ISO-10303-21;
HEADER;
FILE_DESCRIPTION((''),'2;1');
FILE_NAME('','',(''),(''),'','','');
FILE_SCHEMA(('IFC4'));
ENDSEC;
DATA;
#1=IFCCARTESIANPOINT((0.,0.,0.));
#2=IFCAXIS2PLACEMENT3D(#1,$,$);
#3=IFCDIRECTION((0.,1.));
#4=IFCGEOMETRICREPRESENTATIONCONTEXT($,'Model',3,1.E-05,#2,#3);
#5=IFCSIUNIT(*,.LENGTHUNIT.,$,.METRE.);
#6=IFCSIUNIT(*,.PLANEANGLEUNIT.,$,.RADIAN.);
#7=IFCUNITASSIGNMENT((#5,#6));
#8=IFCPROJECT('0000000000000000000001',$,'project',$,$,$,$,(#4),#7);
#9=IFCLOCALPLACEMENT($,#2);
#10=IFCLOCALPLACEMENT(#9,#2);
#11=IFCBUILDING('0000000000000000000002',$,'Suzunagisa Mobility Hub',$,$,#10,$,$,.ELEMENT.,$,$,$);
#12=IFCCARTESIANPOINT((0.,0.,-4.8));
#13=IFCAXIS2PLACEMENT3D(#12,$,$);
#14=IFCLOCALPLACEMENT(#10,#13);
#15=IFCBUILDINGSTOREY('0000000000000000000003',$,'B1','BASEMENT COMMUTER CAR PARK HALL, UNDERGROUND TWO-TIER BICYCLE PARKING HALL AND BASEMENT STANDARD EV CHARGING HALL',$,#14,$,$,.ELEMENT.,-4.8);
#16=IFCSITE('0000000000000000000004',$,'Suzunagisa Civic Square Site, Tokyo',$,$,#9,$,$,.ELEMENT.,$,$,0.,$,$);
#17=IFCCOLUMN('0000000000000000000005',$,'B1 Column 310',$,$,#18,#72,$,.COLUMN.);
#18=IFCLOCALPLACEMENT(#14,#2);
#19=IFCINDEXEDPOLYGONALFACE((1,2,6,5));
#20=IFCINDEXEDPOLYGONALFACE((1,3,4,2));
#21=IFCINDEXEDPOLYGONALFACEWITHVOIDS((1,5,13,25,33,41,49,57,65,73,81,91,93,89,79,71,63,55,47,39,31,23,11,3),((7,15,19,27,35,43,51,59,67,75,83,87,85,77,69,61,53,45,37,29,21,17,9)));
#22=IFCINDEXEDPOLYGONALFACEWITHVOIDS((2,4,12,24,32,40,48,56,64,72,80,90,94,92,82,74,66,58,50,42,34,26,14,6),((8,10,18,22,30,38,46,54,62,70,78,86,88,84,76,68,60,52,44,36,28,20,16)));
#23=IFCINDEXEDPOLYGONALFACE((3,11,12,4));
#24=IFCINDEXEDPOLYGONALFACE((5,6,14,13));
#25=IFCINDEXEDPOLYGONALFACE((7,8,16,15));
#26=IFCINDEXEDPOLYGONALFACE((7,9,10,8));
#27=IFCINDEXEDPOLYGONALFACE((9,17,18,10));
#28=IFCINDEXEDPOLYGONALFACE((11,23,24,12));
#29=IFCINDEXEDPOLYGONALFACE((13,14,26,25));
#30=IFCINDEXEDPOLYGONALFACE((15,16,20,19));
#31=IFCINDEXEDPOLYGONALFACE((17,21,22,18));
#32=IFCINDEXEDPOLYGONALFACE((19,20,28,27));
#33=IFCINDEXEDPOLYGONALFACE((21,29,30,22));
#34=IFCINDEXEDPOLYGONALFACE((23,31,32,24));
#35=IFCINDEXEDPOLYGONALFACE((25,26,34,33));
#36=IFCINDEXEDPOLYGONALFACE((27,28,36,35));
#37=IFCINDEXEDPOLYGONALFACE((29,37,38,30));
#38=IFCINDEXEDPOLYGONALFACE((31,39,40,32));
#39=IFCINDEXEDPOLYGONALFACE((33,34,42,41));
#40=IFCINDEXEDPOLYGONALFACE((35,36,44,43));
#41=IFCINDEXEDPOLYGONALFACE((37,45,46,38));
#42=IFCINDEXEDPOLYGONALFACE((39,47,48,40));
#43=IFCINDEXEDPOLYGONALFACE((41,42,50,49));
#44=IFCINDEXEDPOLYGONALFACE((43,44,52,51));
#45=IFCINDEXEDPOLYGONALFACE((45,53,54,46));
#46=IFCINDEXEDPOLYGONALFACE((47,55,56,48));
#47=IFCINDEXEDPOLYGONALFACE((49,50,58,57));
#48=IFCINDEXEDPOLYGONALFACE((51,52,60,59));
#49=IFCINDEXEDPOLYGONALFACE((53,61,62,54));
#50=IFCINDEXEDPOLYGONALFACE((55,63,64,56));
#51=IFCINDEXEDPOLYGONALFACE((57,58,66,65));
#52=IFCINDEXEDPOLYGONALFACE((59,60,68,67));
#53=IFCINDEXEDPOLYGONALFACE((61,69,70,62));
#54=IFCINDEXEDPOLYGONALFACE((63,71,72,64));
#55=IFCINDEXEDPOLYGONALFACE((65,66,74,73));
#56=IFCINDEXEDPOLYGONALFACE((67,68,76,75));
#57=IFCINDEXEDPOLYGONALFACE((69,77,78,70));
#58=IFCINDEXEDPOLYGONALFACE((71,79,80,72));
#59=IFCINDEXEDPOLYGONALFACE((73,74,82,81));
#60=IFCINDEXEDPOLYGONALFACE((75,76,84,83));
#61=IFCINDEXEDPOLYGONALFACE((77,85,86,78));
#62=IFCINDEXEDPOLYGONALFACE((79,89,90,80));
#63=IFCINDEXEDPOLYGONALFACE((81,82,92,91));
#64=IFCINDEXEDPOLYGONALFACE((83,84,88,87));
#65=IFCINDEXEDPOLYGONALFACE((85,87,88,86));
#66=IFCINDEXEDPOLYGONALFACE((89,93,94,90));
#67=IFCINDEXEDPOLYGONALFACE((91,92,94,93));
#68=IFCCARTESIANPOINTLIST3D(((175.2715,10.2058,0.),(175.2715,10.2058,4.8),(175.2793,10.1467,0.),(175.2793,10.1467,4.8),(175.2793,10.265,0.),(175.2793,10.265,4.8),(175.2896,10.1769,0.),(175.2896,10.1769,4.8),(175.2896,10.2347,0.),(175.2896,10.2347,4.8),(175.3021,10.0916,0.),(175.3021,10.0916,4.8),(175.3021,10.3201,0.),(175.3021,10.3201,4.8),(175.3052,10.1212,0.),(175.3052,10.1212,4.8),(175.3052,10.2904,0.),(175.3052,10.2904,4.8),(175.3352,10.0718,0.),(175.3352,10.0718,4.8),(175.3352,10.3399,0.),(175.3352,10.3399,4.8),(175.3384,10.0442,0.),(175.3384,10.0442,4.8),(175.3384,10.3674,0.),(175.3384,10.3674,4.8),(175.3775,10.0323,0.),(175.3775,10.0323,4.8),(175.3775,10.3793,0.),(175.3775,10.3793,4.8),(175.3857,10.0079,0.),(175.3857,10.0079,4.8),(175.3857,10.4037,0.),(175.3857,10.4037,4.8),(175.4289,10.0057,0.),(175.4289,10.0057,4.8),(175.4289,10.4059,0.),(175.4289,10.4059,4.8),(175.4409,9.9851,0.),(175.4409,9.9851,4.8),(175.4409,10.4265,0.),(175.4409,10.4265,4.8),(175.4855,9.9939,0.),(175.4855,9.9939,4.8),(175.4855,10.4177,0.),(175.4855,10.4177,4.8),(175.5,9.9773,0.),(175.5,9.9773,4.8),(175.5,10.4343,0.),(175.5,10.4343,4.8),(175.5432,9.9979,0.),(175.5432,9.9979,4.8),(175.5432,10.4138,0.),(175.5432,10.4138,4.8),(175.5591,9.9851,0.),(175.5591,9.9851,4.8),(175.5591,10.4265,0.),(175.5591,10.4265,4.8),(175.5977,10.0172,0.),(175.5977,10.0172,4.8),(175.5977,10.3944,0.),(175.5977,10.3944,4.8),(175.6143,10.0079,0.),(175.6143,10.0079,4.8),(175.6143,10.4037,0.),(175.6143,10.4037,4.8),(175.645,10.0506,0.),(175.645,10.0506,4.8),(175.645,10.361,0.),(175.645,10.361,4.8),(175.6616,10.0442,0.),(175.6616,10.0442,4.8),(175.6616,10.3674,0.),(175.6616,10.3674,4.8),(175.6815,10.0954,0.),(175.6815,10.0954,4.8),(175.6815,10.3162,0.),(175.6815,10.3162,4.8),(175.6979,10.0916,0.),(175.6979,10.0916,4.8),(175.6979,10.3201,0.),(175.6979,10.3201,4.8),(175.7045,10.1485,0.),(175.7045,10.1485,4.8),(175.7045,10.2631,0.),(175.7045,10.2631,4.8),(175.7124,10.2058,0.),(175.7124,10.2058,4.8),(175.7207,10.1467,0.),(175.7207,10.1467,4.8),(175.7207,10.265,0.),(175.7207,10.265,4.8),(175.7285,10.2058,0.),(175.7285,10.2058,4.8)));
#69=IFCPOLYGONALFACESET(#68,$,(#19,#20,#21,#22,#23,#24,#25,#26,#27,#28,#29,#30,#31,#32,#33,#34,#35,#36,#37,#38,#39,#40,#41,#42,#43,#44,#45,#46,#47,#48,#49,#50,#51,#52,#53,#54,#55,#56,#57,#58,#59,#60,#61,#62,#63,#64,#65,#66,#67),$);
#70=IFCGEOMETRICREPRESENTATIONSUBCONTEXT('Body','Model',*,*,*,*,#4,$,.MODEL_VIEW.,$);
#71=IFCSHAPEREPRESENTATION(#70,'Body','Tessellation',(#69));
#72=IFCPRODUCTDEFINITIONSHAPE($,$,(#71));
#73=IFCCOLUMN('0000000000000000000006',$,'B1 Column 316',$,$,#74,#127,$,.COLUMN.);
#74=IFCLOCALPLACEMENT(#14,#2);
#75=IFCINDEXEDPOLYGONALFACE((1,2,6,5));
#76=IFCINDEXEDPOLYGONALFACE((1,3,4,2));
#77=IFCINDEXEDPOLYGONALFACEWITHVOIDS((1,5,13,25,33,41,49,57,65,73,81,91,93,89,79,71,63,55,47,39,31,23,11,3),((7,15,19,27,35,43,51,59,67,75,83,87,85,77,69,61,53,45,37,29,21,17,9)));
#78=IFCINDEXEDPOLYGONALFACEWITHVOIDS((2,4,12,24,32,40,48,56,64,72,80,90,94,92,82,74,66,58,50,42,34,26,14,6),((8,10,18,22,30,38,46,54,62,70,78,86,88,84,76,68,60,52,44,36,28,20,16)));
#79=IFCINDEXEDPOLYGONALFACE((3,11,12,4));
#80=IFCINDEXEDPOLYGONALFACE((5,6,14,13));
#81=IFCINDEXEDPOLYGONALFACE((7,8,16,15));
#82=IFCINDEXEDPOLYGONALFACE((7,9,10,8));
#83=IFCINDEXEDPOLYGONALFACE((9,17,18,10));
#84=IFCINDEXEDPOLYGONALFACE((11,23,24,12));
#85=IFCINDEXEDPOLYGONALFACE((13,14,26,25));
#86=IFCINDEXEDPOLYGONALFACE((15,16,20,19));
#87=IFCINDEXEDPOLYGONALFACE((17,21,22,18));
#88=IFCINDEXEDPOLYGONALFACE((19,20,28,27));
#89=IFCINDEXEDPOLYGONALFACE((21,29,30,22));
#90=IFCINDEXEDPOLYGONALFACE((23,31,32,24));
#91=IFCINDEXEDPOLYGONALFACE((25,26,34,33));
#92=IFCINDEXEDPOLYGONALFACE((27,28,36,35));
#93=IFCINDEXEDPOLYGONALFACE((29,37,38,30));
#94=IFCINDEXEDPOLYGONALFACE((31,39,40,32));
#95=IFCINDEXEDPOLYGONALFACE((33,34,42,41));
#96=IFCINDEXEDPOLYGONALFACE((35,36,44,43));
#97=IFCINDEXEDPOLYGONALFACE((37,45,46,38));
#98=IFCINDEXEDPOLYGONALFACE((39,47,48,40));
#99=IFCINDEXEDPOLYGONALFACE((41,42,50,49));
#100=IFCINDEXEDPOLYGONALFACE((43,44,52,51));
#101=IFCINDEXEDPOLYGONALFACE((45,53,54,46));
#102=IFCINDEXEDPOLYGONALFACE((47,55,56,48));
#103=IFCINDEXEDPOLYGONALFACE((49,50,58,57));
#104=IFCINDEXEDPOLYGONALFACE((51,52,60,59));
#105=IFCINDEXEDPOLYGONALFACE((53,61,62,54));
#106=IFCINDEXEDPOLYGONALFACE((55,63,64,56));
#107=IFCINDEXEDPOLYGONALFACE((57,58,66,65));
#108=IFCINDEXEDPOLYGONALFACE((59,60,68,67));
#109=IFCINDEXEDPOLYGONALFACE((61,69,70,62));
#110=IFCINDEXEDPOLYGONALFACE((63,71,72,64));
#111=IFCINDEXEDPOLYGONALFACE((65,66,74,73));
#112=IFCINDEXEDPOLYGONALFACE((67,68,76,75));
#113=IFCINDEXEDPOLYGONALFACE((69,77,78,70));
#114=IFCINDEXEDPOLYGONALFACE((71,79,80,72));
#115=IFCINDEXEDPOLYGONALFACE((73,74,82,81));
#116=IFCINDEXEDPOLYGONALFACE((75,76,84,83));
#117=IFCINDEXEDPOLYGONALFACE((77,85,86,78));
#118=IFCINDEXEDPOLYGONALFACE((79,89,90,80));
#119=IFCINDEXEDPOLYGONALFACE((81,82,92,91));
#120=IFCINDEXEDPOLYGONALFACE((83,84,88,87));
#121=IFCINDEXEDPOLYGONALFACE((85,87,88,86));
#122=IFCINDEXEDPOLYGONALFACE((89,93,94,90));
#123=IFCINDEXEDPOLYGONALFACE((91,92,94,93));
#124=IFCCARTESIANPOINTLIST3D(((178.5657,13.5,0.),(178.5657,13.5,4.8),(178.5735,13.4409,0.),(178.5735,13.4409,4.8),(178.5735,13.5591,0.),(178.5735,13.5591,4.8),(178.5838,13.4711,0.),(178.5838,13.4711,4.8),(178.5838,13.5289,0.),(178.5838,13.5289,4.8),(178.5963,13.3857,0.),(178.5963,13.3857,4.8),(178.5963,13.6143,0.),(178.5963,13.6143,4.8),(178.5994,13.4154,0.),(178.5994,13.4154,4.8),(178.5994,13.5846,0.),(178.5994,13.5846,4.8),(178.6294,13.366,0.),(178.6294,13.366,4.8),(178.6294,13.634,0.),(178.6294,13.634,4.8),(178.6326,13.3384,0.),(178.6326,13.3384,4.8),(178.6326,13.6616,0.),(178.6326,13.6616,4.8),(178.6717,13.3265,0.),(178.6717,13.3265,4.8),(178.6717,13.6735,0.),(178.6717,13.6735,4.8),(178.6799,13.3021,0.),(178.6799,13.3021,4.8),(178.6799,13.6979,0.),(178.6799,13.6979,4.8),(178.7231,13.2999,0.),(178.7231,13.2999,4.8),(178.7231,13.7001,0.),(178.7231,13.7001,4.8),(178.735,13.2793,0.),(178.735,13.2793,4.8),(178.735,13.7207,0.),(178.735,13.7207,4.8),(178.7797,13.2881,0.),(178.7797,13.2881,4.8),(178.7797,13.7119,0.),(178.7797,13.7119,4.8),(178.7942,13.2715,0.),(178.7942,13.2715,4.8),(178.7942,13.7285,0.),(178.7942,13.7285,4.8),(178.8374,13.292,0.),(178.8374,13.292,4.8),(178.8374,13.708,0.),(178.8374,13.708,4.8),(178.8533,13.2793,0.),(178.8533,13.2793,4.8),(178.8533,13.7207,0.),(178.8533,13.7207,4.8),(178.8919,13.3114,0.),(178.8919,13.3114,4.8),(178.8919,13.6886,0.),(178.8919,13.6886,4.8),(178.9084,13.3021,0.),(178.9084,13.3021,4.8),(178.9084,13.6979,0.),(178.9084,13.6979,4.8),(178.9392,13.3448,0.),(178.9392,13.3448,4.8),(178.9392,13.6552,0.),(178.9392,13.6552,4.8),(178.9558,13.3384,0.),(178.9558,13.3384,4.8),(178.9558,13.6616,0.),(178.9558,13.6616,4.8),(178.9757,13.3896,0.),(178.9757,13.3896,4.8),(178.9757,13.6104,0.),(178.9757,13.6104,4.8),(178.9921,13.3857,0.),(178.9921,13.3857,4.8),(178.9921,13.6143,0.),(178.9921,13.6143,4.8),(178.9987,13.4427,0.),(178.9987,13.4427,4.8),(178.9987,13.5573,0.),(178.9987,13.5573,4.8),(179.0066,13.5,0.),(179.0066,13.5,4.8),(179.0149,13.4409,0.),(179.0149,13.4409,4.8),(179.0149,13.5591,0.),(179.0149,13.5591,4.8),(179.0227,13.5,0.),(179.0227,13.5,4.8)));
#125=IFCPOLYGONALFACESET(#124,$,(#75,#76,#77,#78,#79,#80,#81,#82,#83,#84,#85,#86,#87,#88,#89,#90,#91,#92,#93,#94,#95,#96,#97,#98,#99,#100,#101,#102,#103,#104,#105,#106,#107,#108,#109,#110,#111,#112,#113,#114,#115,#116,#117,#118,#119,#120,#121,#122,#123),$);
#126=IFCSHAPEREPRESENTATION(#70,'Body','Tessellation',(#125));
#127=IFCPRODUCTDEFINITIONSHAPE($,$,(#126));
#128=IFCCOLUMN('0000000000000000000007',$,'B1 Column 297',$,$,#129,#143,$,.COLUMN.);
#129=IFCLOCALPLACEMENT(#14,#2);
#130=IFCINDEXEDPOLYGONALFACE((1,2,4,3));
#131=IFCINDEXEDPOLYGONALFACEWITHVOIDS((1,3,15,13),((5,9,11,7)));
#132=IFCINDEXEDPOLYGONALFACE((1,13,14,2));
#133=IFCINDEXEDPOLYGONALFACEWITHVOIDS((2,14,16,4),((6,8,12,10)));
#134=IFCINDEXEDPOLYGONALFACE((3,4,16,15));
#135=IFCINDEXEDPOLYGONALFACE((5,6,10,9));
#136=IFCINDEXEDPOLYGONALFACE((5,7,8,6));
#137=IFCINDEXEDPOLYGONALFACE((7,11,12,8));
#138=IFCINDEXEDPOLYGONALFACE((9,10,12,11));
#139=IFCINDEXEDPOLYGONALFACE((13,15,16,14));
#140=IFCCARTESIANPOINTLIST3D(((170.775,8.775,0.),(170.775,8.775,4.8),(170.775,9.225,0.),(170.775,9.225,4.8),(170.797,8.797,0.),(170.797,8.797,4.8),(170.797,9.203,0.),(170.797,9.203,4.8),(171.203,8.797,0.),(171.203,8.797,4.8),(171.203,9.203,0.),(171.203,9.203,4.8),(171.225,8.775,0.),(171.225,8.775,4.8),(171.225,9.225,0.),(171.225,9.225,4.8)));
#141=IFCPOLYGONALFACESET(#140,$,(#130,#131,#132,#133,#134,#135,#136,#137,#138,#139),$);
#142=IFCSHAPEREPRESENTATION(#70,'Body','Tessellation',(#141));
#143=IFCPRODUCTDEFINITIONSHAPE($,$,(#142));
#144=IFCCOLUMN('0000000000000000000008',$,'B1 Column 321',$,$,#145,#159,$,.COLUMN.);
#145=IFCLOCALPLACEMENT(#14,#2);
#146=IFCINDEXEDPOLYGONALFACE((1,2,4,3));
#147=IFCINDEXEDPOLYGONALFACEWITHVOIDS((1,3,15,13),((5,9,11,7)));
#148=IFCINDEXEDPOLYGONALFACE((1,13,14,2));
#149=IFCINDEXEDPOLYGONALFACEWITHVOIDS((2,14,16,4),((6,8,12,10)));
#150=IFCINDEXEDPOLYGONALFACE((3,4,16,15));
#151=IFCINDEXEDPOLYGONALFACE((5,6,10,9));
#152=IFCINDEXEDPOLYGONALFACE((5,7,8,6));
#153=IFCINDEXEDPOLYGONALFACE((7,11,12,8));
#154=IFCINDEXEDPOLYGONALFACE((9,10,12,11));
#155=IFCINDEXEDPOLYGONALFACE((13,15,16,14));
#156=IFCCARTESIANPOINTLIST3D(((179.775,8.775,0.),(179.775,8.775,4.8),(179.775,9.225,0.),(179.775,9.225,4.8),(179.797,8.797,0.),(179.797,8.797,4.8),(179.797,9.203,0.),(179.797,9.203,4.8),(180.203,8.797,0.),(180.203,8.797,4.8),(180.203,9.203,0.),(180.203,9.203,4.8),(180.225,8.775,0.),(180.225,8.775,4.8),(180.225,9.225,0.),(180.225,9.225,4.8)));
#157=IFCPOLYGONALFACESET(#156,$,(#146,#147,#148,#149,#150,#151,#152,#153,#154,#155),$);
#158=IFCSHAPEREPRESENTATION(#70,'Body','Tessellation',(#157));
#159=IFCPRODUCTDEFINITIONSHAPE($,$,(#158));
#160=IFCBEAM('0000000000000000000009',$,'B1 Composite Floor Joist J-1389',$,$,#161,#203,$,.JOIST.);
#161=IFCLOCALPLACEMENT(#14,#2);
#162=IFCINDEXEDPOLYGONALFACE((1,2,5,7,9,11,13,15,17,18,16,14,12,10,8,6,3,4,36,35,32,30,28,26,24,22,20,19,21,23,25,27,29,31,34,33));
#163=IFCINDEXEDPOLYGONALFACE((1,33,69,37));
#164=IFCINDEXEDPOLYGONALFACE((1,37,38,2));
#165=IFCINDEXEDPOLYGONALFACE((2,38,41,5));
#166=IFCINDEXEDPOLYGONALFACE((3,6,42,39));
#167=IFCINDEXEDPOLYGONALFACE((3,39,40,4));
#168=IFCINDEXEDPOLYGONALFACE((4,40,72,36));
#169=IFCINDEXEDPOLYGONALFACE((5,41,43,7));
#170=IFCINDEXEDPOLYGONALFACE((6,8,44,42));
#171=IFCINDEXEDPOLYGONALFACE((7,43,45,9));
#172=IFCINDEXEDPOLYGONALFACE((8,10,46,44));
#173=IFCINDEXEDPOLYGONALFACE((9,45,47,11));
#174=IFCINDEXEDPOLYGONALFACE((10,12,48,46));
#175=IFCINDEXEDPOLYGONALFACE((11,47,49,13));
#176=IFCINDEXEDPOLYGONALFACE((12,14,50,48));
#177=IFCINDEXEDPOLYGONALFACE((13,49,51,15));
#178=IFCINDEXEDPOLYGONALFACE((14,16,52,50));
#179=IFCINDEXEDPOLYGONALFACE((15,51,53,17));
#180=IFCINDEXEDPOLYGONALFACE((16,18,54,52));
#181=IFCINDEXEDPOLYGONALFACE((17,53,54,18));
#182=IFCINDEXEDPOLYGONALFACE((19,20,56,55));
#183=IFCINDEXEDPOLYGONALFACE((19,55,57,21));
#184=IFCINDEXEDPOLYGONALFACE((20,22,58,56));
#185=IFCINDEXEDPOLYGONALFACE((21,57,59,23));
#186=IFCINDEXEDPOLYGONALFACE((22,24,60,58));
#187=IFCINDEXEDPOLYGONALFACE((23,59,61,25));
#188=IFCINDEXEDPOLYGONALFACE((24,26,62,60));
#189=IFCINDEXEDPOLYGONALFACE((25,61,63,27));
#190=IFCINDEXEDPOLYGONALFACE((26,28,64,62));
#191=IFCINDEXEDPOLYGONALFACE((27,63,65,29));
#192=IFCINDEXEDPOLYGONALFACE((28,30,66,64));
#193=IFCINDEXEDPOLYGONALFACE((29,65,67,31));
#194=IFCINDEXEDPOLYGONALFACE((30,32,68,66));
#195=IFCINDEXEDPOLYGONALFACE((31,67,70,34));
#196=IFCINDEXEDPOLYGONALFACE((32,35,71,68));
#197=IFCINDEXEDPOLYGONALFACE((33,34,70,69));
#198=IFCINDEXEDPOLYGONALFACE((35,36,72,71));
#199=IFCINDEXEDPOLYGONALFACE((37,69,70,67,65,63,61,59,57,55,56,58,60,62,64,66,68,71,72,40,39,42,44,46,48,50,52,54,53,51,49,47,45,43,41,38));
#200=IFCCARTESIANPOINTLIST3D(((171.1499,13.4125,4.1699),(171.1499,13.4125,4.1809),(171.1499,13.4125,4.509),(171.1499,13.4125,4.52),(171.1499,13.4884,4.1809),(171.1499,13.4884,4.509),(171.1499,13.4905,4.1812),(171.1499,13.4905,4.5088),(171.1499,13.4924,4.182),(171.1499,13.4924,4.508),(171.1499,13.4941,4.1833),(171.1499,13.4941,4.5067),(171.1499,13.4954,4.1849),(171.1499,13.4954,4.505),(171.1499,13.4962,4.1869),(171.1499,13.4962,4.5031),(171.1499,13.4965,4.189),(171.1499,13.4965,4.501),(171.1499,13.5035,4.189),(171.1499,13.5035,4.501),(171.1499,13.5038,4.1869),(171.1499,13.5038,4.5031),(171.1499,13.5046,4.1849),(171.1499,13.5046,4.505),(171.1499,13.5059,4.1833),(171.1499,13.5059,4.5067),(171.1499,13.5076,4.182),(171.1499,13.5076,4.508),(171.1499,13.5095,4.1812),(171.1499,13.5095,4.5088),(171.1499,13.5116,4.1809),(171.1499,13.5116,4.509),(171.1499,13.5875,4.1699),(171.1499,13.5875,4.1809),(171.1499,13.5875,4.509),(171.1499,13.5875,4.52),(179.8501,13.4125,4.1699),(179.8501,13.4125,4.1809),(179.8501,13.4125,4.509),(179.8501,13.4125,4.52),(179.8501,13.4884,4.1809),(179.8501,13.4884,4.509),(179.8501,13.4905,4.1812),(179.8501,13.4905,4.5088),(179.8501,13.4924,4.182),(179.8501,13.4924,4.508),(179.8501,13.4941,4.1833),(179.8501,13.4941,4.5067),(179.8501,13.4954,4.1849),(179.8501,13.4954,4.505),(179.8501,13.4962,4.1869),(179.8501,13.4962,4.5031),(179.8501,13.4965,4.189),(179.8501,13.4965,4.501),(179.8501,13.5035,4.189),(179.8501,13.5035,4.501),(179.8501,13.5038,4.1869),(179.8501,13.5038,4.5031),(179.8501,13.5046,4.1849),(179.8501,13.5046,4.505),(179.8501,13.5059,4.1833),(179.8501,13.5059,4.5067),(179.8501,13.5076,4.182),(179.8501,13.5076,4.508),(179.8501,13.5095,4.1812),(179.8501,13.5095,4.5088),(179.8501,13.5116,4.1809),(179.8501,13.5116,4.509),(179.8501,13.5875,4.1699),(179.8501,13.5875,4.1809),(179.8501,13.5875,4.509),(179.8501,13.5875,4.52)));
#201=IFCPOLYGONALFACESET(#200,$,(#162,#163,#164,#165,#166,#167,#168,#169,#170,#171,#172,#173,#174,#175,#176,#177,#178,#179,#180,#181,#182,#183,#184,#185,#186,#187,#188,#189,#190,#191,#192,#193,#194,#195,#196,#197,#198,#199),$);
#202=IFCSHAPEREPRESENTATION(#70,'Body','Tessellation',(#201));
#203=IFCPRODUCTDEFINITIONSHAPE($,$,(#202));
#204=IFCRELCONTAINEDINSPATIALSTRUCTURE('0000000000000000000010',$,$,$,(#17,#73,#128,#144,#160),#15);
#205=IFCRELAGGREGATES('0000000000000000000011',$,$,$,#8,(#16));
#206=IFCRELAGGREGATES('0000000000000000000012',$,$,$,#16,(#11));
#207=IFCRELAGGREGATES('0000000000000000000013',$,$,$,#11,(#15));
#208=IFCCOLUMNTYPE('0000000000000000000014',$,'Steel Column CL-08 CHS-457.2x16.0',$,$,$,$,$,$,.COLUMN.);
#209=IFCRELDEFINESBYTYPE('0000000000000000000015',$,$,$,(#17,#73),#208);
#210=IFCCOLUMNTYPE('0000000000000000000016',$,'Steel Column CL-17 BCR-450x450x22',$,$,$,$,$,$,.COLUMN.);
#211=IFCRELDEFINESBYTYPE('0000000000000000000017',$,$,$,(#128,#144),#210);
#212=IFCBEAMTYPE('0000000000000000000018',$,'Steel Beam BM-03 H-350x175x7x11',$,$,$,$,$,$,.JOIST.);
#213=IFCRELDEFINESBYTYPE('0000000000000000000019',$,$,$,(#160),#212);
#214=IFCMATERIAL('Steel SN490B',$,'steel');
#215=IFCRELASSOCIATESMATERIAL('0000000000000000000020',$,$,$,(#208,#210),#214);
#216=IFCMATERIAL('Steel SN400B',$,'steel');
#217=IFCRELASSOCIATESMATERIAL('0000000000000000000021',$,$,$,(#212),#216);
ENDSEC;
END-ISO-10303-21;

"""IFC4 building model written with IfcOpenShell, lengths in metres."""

from ifc_helpers import new_model, si_unit, direction, frame, origin, origin_2d, place, context, subcontext, project, spatial, hollow_rectangle, hollow_circle, i_section, extrude, material, material_profile, profile_set, type_object, element, save


model = new_model("IFC4")

# Units and contexts
model_context = context("Model", 3, precision=1e-05, world=origin(), true_north=direction((0.0, 1.0)))
body_context = subcontext(model_context, "Body", "Model", "MODEL_VIEW")
ifc_project = project(units=[si_unit("LENGTHUNIT", "METRE"), si_unit("PLANEANGLEUNIT", "RADIAN")], contexts=[model_context])

# Site, building, storey
site_placement = place(None, origin())
site = spatial("IfcSite", under=ifc_project, at=site_placement, Name="Suzunagisa Civic Square Site, Tokyo", CompositionType="ELEMENT", RefElevation=0.0)
building_placement = place(site_placement, origin())
building = spatial("IfcBuilding", under=site, at=building_placement, Name="Suzunagisa Mobility Hub", CompositionType="ELEMENT")
storey_placement = place(building_placement, frame((0.0, 0.0, -4.8)))
storey = spatial("IfcBuildingStorey", under=building, at=storey_placement, Name="B1", Description="BASEMENT COMMUTER CAR PARK HALL, UNDERGROUND TWO-TIER BICYCLE PARKING HALL AND BASEMENT STANDARD EV CHARGING HALL", CompositionType="ELEMENT", Elevation=-4.8)

# Columns
ifc_material_1 = material(Name="Steel SN490B", Category="steel")
ifc_material_profile_1 = material_profile(ifc_material_1, hollow_circle(Radius=0.2285, WallThickness=0.0161, at=origin_2d()), Name="CHS-457.2x16.0")
ifc_profile_set_1 = profile_set([ifc_material_profile_1], Name="Steel SN490B")
column_type_1 = type_object("IfcColumnType", Name="Steel Column CL-08 CHS-457.2x16.0", PredefinedType="COLUMN", material=ifc_profile_set_1)
for number, where, z_axis, x_axis, name in (
    (1, (175.5, 10.2058, 0.0), (0.0, 0.0, 1.0), (1.0, 0.0, 0.0), "B1 Column 310"),
    (2, (178.7942, 13.5, 0.0), (0.0, 0.0, 1.0), (1.0, 0.0, 0.0), "B1 Column 316"),
):
    element("IfcColumn", number, at=place(storey_placement, frame(where, z_axis=z_axis, x_axis=x_axis)), inside=storey, type_object=column_type_1, Name=name, PredefinedType="COLUMN", context=body_context, shape_type="SweptSolid", body=[
        extrude(hollow_circle(Radius=0.2285, WallThickness=0.0161, at=origin_2d()), origin(), (0.0, 0.0, 1.0), 4.8),
    ])
ifc_material_profile_2 = material_profile(ifc_material_1, hollow_rectangle(XDim=0.45, YDim=0.45, WallThickness=0.022, at=origin_2d()), Name="BCR-450x450x22")
ifc_profile_set_2 = profile_set([ifc_material_profile_2], Name="Steel SN490B")
column_type_2 = type_object("IfcColumnType", Name="Steel Column CL-17 BCR-450x450x22", PredefinedType="COLUMN", material=ifc_profile_set_2)
for number, where, z_axis, x_axis, name in (
    (3, (171.0, 9.0, 0.0), (0.0, 0.0, 1.0), (1.0, 0.0, 0.0), "B1 Column 297"),
    (4, (180.0, 9.0, 0.0), (0.0, 0.0, 1.0), (1.0, 0.0, 0.0), "B1 Column 321"),
):
    element("IfcColumn", number, at=place(storey_placement, frame(where, z_axis=z_axis, x_axis=x_axis)), inside=storey, type_object=column_type_2, Name=name, PredefinedType="COLUMN", context=body_context, shape_type="SweptSolid", body=[
        extrude(hollow_rectangle(XDim=0.45, YDim=0.45, WallThickness=0.022, at=origin_2d()), origin(), (0.0, 0.0, 1.0), 4.8),
    ])

# Beam
ifc_material_2 = material(Name="Steel SN400B", Category="steel")
ifc_material_profile_3 = material_profile(ifc_material_2, i_section(OverallWidth=0.175, OverallDepth=0.3501, WebThickness=0.0071, FlangeThickness=0.011, FilletRadius=0.0081, at=origin_2d()), Name="H-350x175x7x11")
ifc_profile_set_3 = profile_set([ifc_material_profile_3], Name="Steel SN400B")
beam_type_1 = type_object("IfcBeamType", Name="Steel Beam BM-03 H-350x175x7x11", PredefinedType="JOIST", material=ifc_profile_set_3)
beam_1_placement = place(storey_placement, frame((171.1499, 13.5, 4.345), z_axis=(1.0, 0.0, 0.0), x_axis=(0.0, 1.0, 0.0)))
element("IfcBeam", 5, at=beam_1_placement, inside=storey, type_object=beam_type_1, Name="B1 Composite Floor Joist J-1389", PredefinedType="JOIST", context=body_context, shape_type="SweptSolid", body=[
    extrude(i_section(OverallWidth=0.175, OverallDepth=0.3501, WebThickness=0.0071, FlangeThickness=0.011, FilletRadius=0.0081, at=origin_2d()), origin(), (0.0, 0.0, 1.0), 8.7002),
])

save(model, "model.ifc")
